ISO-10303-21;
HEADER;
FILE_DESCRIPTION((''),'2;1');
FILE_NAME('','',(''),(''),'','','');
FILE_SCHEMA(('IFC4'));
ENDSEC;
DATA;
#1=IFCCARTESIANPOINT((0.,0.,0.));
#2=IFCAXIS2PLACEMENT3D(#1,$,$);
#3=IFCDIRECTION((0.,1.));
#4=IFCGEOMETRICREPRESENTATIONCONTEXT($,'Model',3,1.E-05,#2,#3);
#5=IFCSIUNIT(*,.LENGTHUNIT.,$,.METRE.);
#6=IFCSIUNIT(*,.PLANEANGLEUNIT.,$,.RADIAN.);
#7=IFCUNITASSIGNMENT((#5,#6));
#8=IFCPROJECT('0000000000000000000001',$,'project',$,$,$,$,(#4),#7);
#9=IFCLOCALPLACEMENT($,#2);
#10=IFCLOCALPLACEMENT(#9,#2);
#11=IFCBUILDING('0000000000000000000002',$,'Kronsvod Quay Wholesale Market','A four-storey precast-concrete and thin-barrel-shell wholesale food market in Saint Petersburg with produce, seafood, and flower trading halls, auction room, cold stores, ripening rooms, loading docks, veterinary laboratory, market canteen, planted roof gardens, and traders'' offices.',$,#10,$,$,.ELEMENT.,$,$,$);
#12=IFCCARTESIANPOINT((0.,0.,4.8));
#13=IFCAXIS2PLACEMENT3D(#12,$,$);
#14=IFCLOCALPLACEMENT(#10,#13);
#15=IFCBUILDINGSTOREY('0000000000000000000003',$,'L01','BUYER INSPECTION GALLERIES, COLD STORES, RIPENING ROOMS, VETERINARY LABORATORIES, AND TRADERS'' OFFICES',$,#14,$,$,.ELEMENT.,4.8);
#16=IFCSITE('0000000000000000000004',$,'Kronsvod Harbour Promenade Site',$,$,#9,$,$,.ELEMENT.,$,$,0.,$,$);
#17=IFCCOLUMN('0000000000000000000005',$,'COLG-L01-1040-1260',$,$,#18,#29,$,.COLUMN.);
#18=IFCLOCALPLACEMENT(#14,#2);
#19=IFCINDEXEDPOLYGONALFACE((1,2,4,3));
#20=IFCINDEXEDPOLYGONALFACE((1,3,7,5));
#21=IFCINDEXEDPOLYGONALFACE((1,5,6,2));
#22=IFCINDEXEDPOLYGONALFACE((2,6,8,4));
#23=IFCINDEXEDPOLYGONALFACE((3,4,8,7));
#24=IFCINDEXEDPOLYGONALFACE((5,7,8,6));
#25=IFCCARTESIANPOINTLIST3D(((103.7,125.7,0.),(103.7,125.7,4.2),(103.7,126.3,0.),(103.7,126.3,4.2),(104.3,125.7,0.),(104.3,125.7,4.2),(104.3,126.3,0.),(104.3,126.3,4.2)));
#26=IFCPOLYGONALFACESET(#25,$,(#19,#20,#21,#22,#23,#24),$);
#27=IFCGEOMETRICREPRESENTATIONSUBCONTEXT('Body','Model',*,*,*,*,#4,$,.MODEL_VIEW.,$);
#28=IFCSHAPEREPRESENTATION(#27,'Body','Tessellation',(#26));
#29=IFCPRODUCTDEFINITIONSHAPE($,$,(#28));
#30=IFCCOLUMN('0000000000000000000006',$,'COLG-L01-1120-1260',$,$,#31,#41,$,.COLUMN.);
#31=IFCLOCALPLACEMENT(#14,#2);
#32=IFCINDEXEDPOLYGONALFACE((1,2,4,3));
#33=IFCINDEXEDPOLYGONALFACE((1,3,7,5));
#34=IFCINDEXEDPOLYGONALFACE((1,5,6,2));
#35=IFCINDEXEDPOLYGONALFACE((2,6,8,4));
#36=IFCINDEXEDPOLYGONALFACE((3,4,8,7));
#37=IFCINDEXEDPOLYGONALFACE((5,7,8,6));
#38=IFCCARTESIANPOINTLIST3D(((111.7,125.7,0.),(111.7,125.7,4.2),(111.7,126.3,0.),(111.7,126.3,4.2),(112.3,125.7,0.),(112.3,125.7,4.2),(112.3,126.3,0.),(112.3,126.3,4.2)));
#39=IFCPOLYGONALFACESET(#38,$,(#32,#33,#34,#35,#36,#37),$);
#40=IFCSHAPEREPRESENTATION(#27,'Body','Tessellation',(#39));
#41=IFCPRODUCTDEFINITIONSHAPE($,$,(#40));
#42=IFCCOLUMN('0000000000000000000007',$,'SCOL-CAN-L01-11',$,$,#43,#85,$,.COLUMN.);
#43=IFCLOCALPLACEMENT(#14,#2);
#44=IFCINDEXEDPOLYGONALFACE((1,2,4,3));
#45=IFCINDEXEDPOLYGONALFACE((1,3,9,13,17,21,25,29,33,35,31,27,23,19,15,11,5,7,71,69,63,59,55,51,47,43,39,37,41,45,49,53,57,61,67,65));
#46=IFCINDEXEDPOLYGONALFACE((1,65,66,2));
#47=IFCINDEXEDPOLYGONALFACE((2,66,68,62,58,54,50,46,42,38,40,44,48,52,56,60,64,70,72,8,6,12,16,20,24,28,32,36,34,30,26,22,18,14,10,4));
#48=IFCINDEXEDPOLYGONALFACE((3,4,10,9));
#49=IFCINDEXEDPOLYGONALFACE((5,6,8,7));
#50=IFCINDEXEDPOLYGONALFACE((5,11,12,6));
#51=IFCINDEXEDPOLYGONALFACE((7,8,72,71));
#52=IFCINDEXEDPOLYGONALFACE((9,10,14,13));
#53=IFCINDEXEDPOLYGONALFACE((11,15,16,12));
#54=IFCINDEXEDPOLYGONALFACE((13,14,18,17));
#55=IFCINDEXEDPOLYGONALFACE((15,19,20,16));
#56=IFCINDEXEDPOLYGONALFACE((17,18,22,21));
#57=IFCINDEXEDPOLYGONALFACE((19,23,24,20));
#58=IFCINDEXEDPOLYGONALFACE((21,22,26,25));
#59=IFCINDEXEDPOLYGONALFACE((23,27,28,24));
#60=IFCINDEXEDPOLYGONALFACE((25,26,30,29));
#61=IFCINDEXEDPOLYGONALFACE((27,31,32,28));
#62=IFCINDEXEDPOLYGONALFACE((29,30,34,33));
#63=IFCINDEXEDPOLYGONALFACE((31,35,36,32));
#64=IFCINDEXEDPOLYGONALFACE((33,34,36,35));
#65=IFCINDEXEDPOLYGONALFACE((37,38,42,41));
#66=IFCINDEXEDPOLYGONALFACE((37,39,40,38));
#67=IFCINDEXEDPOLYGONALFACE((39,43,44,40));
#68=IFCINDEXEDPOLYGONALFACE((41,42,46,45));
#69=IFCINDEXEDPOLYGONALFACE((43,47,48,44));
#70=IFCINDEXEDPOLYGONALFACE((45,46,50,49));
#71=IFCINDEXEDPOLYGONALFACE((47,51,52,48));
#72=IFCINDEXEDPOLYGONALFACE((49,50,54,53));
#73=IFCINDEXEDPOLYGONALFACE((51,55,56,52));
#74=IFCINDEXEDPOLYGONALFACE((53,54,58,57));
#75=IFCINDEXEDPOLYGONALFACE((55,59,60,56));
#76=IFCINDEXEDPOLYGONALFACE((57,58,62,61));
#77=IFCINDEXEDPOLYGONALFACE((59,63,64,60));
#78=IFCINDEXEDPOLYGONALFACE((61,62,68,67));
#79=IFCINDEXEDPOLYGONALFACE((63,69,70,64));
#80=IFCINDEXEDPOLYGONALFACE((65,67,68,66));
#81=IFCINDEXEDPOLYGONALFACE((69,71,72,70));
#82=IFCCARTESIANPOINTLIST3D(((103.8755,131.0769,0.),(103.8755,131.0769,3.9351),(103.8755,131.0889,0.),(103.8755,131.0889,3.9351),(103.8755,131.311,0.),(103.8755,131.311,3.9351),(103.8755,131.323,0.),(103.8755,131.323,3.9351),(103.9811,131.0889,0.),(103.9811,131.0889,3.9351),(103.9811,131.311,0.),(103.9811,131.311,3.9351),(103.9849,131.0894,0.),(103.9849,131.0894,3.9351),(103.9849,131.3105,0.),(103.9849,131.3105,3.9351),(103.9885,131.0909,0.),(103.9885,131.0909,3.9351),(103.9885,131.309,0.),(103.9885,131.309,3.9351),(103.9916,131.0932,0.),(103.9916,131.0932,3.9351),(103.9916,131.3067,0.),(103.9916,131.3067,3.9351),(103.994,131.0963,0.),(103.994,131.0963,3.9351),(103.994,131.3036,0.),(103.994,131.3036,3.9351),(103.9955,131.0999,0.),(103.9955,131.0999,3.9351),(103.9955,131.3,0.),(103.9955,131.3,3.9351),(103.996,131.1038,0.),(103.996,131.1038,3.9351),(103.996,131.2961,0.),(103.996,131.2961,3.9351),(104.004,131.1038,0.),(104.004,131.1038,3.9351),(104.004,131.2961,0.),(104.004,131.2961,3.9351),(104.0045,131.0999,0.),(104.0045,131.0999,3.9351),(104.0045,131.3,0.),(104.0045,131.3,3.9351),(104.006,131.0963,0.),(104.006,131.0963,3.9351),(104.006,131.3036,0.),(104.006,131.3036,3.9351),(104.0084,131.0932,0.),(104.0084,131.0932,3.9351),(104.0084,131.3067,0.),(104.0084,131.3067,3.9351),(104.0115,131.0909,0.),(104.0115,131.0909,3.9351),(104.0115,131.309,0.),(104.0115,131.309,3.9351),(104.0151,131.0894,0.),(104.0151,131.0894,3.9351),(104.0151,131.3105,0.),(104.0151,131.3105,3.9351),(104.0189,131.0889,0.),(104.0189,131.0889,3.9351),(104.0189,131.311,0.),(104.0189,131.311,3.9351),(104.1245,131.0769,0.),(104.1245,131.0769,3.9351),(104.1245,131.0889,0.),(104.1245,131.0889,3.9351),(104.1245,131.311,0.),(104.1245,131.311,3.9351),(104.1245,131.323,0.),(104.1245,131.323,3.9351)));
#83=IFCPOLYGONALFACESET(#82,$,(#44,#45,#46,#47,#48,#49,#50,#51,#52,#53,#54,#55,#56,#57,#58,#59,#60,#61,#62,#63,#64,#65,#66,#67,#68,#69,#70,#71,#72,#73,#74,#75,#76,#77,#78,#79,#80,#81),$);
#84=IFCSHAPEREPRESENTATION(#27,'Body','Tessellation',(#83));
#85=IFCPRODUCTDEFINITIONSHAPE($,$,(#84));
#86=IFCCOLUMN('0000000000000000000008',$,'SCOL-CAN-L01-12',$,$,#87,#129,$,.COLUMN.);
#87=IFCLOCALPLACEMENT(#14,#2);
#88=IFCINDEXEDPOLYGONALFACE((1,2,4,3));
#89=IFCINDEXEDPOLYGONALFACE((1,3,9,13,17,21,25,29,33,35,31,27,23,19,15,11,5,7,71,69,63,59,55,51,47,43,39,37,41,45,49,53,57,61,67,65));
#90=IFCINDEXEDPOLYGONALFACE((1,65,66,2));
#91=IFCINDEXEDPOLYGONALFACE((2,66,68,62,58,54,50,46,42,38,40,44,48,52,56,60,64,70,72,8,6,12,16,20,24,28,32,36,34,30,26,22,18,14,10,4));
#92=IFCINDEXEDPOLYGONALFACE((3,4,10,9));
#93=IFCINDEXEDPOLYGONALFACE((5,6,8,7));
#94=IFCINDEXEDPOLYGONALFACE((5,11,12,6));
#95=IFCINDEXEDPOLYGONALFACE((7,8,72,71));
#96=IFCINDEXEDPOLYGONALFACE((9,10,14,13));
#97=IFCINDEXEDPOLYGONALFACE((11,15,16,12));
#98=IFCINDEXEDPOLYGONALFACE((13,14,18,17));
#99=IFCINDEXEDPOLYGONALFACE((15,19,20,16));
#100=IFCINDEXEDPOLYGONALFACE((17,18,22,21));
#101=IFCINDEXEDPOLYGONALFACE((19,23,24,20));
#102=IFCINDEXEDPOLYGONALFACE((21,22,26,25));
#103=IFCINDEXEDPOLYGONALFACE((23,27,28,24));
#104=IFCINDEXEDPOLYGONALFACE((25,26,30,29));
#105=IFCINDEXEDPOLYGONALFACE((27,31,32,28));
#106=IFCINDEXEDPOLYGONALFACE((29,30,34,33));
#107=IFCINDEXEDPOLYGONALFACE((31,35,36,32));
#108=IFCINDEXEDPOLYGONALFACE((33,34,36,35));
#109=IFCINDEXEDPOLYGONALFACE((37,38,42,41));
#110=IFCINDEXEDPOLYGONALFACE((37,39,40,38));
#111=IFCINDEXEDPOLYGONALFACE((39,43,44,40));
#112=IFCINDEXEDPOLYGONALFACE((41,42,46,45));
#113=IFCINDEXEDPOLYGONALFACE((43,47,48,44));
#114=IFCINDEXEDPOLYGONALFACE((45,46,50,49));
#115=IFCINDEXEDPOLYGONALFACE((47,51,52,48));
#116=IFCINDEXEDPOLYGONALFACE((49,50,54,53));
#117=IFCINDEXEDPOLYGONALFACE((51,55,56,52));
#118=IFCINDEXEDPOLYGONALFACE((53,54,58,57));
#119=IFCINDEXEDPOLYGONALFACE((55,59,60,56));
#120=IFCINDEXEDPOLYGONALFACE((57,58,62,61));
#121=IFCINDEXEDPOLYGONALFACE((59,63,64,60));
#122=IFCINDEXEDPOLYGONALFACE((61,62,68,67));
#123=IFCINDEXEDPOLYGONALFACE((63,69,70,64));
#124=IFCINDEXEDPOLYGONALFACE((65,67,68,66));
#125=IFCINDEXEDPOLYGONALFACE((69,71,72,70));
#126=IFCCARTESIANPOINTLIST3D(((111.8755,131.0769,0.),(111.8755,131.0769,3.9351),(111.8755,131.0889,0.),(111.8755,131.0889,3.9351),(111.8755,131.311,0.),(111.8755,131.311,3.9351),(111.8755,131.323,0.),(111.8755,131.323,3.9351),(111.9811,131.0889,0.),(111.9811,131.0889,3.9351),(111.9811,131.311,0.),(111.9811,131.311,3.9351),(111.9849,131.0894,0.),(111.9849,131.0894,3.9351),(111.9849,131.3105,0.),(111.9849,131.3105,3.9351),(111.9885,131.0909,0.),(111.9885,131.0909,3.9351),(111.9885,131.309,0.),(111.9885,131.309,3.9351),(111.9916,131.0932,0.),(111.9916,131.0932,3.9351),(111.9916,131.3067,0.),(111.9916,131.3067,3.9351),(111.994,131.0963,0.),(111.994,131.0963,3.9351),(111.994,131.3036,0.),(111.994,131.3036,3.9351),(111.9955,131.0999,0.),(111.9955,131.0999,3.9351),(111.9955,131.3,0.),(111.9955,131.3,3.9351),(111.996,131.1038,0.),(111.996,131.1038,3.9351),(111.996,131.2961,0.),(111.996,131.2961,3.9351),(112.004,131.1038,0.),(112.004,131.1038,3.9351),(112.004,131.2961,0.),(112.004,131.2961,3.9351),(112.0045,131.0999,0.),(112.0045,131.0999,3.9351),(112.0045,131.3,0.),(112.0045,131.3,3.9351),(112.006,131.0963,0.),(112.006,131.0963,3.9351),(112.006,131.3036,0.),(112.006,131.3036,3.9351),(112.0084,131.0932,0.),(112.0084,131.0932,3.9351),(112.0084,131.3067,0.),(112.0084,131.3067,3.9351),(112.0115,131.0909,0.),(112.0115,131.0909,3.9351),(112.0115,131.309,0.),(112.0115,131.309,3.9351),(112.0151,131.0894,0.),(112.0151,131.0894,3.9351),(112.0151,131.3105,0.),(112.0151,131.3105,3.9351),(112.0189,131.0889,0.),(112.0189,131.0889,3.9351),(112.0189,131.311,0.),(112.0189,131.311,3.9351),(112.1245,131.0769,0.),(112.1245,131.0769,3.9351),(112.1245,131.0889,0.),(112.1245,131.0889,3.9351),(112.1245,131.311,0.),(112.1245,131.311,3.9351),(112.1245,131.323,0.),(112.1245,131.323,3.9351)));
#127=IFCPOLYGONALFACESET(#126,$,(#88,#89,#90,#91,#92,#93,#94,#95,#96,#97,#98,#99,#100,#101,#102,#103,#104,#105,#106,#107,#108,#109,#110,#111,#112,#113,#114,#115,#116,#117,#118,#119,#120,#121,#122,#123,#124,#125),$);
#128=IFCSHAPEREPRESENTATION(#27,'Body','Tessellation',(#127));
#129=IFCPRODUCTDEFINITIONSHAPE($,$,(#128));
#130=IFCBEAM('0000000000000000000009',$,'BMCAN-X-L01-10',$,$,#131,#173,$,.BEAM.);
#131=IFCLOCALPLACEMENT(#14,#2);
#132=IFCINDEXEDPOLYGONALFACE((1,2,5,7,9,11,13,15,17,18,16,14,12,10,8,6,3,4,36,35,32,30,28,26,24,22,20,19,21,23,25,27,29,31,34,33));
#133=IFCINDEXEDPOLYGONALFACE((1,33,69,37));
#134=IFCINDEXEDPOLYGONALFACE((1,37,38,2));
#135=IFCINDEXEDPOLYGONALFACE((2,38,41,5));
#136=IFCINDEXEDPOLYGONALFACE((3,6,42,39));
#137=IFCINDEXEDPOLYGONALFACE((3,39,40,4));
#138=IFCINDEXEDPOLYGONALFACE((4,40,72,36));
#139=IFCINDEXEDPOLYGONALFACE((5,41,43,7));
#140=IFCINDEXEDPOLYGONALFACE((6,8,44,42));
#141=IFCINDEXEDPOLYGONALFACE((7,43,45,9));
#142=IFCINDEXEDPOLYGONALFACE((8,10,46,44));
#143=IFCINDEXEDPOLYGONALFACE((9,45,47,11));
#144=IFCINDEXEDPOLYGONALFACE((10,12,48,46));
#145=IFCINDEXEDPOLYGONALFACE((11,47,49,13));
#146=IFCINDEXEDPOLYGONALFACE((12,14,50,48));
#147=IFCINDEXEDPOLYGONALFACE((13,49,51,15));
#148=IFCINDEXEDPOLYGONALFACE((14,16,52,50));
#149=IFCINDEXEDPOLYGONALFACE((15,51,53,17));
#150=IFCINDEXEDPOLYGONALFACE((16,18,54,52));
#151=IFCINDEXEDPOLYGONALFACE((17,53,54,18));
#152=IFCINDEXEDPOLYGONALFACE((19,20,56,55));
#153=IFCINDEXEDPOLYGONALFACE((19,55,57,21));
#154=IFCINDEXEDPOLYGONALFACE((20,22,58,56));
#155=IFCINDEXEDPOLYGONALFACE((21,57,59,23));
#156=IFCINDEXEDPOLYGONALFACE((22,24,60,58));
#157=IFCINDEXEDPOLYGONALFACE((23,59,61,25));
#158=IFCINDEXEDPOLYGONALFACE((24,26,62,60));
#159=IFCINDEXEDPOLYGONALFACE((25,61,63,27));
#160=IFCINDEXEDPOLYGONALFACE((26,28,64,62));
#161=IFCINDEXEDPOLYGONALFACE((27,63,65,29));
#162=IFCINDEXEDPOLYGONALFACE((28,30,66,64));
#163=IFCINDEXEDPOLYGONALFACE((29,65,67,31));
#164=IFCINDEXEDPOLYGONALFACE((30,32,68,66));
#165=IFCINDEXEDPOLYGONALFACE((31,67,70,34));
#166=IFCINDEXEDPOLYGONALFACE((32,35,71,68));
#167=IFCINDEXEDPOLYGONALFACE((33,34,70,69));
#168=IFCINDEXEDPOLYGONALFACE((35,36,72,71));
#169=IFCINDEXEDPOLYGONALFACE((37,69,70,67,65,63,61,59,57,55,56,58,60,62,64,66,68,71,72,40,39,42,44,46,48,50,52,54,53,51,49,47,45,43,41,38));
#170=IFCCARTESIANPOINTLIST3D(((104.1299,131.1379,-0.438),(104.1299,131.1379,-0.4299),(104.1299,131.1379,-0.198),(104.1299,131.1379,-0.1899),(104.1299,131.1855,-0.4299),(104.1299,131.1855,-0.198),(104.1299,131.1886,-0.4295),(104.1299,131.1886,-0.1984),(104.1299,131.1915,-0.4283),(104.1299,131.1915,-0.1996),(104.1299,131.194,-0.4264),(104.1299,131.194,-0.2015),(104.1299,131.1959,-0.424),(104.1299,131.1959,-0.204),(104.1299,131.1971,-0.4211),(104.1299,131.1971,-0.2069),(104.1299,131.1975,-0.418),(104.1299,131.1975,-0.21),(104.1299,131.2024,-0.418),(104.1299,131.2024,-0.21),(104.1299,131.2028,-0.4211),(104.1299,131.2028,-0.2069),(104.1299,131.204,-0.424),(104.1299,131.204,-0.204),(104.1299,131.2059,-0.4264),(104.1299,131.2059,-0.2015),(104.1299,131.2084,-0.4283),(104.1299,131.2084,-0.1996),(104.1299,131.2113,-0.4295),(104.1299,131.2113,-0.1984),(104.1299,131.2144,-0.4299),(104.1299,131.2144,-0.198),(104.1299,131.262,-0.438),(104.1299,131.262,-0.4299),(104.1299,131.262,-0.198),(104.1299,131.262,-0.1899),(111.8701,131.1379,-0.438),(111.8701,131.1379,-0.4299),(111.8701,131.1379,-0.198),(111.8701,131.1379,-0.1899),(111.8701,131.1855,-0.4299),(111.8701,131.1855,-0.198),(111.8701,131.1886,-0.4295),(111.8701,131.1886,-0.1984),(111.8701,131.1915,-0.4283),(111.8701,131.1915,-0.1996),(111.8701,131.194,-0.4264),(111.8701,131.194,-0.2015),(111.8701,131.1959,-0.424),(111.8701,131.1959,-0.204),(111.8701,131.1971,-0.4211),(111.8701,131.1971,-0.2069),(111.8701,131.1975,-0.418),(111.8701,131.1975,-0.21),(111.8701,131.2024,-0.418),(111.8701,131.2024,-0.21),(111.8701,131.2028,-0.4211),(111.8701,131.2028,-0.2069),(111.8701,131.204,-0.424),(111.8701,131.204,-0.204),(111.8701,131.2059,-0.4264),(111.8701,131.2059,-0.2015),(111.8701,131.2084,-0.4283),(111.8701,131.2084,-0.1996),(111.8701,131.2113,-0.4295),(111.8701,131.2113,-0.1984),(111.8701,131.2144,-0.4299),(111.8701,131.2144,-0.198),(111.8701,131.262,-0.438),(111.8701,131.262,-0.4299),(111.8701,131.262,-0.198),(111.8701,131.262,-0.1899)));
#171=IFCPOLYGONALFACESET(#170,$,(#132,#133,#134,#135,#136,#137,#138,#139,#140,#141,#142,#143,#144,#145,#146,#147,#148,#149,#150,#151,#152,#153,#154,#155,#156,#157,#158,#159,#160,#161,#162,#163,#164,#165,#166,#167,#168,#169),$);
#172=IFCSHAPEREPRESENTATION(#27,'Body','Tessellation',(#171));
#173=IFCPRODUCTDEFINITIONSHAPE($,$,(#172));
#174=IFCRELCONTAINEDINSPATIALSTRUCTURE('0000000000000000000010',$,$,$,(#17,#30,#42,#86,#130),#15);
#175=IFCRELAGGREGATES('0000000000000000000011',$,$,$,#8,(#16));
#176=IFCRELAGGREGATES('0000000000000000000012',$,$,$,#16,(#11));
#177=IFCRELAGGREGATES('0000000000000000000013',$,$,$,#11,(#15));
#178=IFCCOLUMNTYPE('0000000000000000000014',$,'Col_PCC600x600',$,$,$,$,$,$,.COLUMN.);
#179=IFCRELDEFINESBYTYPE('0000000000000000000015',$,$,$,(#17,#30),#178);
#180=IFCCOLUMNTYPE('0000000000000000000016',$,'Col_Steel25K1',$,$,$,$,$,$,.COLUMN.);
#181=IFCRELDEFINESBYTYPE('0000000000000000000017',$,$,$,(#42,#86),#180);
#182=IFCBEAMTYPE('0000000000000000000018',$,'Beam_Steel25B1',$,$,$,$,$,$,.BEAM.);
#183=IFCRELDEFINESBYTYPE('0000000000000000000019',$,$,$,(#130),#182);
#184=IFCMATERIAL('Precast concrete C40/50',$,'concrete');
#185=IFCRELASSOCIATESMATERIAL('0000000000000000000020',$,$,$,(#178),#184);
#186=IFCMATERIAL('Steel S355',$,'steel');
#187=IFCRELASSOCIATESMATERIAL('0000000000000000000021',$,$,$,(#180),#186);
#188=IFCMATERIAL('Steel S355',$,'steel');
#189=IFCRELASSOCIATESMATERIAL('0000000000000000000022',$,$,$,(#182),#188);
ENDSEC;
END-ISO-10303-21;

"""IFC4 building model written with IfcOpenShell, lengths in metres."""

from ifc_helpers import new_model, si_unit, direction, frame, origin, origin_2d, place, context, subcontext, project, spatial, rectangle, i_section, extrude, material, material_profile, profile_set, type_object, element, save


model = new_model("IFC4")

# Units and contexts
model_context = context("Model", 3, precision=1e-05, world=origin(), true_north=direction((0.0, 1.0)))
body_context = subcontext(model_context, "Body", "Model", "MODEL_VIEW")
ifc_project = project(units=[si_unit("LENGTHUNIT", "METRE"), si_unit("PLANEANGLEUNIT", "RADIAN")], contexts=[model_context])

# Site, building, storey
site_placement = place(None, origin())
site = spatial("IfcSite", under=ifc_project, at=site_placement, Name="Kronsvod Harbour Promenade Site", CompositionType="ELEMENT", RefElevation=0.0)
building_placement = place(site_placement, origin())
building = spatial("IfcBuilding", under=site, at=building_placement, Name="Kronsvod Quay Wholesale Market", Description="A four-storey precast-concrete and thin-barrel-shell wholesale food market in Saint Petersburg with produce, seafood, and flower trading halls, auction room, cold stores, ripening rooms, loading docks, veterinary laboratory, market canteen, planted roof gardens, and traders' offices.", CompositionType="ELEMENT")
storey_placement = place(building_placement, frame((0.0, 0.0, 4.8)))
storey = spatial("IfcBuildingStorey", under=building, at=storey_placement, Name="L01", Description="BUYER INSPECTION GALLERIES, COLD STORES, RIPENING ROOMS, VETERINARY LABORATORIES, AND TRADERS' OFFICES", CompositionType="ELEMENT", Elevation=4.8)

# Columns
ifc_material_1 = material(Name="Precast concrete C40/50", Category="concrete")
ifc_material_profile_1 = material_profile(ifc_material_1, rectangle(XDim=0.6001, YDim=0.6001, at=origin_2d()), Name="PCC600x600")
ifc_profile_set_1 = profile_set([ifc_material_profile_1], Name="Precast concrete C40/50")
column_type_1 = type_object("IfcColumnType", Name="Col_PCC600x600", PredefinedType="COLUMN", material=ifc_profile_set_1)
for number, where, z_axis, x_axis, name in (
    (1, (104.0, 126.0, 0.0), (0.0, 0.0, 1.0), (1.0, 0.0, 0.0), "COLG-L01-1040-1260"),
    (2, (112.0, 126.0, 0.0), (0.0, 0.0, 1.0), (1.0, 0.0, 0.0), "COLG-L01-1120-1260"),
):
    element("IfcColumn", number, at=place(storey_placement, frame(where, z_axis=z_axis, x_axis=x_axis)), inside=storey, type_object=column_type_1, Name=name, PredefinedType="COLUMN", context=body_context, shape_type="SweptSolid", body=[
        extrude(rectangle(XDim=0.6001, YDim=0.6001, at=origin_2d()), origin(), (0.0, 0.0, 1.0), 4.2),
    ])
ifc_material_2 = material(Name="Steel S355", Category="steel")
ifc_material_profile_2 = material_profile(ifc_material_2, i_section(OverallWidth=0.249, OverallDepth=0.2461, WebThickness=0.0081, FlangeThickness=0.012, FilletRadius=0.0149, at=origin_2d()), Name="25K1")
ifc_profile_set_2 = profile_set([ifc_material_profile_2], Name="Steel S355")
column_type_2 = type_object("IfcColumnType", Name="Col_Steel25K1", PredefinedType="COLUMN", material=ifc_profile_set_2)
for number, where, z_axis, x_axis, name in (
    (3, (104.0, 131.2, 0.0), (0.0, 0.0, 1.0), (1.0, 0.0, 0.0), "SCOL-CAN-L01-11"),
    (4, (112.0, 131.2, 0.0), (0.0, 0.0, 1.0), (1.0, 0.0, 0.0), "SCOL-CAN-L01-12"),
):
    element("IfcColumn", number, at=place(storey_placement, frame(where, z_axis=z_axis, x_axis=x_axis)), inside=storey, type_object=column_type_2, Name=name, PredefinedType="COLUMN", context=body_context, shape_type="SweptSolid", body=[
        extrude(i_section(OverallWidth=0.249, OverallDepth=0.2461, WebThickness=0.0081, FlangeThickness=0.012, FilletRadius=0.0149, at=origin_2d()), origin(), (0.0, 0.0, 1.0), 3.9351),
    ])

# Beam
ifc_material_3 = material(Name="Steel S355", Category="steel")
ifc_material_profile_3 = material_profile(ifc_material_3, i_section(OverallWidth=0.124, OverallDepth=0.248, WebThickness=0.0049, FlangeThickness=0.0081, FilletRadius=0.012, at=origin_2d()), Name="25B1")
ifc_profile_set_3 = profile_set([ifc_material_profile_3], Name="Steel S355")
beam_type_1 = type_object("IfcBeamType", Name="Beam_Steel25B1", PredefinedType="BEAM", material=ifc_profile_set_3)
for number, where, z_axis, x_axis, name in (
    (5, (104.1299, 131.2, -0.314), (1.0, 0.0, 0.0), (0.0, 1.0, 0.0), "BMCAN-X-L01-10"),
):
    element("IfcBeam", number, at=place(storey_placement, frame(where, z_axis=z_axis, x_axis=x_axis)), inside=storey, type_object=beam_type_1, Name=name, PredefinedType="BEAM", context=body_context, shape_type="SweptSolid", body=[
        extrude(i_section(OverallWidth=0.124, OverallDepth=0.248, WebThickness=0.0049, FlangeThickness=0.0081, FilletRadius=0.012, at=origin_2d()), origin(), (0.0, 0.0, 1.0), 7.7402),
    ])

save(model, "model.ifc")
